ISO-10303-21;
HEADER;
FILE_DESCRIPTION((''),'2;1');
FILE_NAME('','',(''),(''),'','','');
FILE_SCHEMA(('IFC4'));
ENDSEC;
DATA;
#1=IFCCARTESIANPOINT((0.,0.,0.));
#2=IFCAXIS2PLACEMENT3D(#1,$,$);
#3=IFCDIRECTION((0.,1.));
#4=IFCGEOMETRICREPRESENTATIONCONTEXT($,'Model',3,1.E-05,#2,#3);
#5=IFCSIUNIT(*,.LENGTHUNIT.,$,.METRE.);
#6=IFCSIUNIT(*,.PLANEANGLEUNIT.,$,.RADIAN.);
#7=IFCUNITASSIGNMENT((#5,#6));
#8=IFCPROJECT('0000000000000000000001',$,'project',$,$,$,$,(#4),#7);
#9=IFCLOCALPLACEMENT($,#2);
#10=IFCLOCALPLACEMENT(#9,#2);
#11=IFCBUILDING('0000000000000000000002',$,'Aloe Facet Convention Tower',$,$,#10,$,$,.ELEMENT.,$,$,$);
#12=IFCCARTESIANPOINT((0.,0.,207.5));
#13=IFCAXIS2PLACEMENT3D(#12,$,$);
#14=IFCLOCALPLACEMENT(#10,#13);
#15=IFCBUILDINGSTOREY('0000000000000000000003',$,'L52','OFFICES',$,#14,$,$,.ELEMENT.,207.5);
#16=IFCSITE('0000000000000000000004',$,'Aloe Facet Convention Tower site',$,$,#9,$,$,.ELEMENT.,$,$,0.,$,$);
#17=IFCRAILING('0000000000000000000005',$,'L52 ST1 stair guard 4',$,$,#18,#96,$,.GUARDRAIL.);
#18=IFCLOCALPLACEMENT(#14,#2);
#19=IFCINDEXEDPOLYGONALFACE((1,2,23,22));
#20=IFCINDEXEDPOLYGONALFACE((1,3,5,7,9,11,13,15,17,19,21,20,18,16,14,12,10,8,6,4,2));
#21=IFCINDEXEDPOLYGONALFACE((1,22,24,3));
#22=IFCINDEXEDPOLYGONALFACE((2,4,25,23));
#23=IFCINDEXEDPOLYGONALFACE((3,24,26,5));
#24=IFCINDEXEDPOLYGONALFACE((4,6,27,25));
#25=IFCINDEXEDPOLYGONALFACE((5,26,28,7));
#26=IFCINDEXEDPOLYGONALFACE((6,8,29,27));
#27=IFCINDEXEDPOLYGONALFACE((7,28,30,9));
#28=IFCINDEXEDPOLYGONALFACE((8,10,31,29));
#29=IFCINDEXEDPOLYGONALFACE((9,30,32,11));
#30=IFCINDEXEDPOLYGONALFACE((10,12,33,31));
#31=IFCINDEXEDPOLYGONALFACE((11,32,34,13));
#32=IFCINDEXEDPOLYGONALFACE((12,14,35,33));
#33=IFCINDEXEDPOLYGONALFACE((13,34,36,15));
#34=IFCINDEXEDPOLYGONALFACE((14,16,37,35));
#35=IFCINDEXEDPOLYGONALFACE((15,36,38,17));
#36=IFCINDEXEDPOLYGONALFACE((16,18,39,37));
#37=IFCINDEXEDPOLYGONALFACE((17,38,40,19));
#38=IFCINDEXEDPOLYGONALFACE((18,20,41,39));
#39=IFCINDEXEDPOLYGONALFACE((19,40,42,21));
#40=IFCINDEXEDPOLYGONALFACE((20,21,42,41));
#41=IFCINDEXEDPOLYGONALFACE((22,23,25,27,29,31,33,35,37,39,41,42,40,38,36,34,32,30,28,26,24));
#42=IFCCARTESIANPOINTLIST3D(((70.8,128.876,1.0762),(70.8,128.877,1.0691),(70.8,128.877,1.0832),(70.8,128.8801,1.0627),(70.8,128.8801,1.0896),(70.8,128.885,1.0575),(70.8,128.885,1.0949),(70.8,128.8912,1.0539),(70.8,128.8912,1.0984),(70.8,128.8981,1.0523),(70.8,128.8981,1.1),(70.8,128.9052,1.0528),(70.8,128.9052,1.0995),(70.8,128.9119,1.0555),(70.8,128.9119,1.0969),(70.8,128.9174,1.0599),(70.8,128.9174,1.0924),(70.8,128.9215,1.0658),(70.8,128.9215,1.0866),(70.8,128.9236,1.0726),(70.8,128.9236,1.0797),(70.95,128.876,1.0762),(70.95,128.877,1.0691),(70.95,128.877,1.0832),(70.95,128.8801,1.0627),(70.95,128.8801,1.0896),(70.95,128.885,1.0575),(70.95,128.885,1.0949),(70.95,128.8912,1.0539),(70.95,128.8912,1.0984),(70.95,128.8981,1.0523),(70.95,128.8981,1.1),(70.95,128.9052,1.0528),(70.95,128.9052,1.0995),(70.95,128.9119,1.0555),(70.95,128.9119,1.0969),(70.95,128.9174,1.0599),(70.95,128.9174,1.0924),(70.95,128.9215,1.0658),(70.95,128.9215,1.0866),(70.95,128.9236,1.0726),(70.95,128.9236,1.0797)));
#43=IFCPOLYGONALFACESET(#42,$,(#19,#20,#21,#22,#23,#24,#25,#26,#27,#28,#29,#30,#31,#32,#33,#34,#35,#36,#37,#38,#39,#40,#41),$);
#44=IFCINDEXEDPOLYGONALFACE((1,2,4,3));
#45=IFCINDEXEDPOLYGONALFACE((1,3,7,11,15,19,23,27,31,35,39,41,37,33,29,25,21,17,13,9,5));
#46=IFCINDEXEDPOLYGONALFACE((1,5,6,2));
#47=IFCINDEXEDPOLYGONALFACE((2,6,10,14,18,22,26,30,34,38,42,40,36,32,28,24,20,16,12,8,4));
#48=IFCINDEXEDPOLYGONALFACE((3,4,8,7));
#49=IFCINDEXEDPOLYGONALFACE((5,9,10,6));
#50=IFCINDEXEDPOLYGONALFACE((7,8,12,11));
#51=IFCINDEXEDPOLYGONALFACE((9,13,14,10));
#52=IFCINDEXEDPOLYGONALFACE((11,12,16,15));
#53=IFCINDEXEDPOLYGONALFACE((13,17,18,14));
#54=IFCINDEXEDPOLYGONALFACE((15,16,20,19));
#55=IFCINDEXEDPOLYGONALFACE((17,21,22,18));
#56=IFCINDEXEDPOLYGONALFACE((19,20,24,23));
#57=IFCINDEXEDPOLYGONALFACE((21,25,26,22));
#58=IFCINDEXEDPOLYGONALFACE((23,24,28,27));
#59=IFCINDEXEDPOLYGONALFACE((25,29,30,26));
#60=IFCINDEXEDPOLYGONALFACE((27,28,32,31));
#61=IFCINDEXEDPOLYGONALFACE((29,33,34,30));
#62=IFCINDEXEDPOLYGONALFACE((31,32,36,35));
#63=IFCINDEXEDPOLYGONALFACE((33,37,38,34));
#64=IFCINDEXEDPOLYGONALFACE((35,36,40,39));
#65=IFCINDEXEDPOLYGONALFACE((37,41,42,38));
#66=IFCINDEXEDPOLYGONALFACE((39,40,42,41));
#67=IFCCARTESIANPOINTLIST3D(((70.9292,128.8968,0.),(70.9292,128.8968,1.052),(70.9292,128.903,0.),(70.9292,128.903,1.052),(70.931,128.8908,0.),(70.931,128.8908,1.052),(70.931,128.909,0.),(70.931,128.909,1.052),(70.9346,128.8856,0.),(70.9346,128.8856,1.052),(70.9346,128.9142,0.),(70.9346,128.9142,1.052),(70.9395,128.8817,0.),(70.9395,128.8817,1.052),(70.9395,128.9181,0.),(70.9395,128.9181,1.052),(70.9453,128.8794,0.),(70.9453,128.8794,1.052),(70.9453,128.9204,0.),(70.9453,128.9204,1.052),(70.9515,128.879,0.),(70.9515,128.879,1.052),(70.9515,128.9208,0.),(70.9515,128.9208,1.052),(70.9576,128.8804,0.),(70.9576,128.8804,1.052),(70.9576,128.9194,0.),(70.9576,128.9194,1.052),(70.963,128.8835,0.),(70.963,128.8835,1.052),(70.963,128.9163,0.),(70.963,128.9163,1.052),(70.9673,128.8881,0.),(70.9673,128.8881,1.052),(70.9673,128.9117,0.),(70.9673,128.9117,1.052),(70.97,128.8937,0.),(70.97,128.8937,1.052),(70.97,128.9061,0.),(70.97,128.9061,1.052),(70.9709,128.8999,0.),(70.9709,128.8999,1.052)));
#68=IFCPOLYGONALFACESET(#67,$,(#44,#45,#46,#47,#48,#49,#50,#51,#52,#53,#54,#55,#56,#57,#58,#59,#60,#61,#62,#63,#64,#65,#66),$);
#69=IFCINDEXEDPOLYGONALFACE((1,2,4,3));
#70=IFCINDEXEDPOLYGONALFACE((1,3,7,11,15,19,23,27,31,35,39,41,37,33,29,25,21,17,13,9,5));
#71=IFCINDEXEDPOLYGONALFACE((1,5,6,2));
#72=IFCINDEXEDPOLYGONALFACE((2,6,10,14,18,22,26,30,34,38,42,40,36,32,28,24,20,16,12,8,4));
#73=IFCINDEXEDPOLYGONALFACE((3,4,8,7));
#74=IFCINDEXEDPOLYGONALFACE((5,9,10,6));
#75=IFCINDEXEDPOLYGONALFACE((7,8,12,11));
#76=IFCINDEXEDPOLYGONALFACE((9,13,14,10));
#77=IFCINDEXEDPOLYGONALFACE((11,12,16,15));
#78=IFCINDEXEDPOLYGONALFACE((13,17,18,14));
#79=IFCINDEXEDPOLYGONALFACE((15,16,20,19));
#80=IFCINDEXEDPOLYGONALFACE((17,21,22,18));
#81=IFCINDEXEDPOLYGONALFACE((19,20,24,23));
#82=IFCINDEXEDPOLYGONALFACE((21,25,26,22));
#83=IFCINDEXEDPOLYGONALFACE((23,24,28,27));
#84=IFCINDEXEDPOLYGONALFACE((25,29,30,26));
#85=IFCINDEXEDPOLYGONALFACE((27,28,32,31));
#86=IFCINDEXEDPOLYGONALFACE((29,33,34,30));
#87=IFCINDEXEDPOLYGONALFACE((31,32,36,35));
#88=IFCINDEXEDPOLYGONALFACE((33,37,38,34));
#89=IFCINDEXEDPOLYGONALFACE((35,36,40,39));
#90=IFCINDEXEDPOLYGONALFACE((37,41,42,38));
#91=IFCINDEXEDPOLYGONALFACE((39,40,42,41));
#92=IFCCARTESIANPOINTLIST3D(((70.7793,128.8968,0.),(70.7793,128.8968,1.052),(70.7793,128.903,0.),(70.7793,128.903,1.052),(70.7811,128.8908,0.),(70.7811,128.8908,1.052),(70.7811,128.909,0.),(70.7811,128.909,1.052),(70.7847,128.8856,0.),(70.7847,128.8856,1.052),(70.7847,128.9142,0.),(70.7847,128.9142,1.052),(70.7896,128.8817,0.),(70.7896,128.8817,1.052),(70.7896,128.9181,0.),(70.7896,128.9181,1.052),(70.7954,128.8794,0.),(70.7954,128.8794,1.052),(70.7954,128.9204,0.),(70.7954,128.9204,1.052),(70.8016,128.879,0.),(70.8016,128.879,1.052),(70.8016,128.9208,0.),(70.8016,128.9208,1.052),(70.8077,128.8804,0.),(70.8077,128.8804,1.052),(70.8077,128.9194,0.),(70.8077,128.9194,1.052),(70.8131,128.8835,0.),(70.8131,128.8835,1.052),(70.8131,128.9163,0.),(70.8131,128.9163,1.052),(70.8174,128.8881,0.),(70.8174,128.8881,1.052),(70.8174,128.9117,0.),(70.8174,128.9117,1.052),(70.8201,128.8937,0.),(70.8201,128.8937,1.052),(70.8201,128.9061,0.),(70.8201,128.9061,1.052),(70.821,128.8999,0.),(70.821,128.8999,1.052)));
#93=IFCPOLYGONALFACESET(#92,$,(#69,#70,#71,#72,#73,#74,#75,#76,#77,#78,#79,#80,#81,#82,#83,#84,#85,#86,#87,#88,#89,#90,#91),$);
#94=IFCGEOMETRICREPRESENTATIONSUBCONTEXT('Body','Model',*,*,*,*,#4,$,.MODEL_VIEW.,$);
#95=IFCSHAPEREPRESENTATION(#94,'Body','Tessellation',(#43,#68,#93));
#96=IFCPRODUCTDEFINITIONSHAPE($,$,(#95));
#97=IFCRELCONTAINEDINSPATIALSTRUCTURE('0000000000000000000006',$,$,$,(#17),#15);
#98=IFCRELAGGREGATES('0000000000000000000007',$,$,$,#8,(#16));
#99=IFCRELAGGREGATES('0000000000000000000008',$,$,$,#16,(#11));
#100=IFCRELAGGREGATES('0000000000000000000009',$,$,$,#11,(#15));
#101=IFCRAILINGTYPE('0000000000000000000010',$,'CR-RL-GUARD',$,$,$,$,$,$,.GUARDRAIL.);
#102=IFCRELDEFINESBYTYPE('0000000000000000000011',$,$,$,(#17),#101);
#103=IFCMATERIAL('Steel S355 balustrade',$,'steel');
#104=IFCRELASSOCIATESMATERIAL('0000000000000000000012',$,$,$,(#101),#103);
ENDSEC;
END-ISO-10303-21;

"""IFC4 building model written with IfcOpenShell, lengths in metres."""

from ifc_helpers import new_model, si_unit, direction, frame, origin, origin_2d, place, context, subcontext, project, spatial, circle, extrude, material, type_object, element, save


model = new_model("IFC4")

# Units and contexts
model_context = context("Model", 3, precision=1e-05, world=origin(), true_north=direction((0.0, 1.0)))
body_context = subcontext(model_context, "Body", "Model", "MODEL_VIEW")
ifc_project = project(units=[si_unit("LENGTHUNIT", "METRE"), si_unit("PLANEANGLEUNIT", "RADIAN")], contexts=[model_context])

# Site, building, storey
site_placement = place(None, origin())
site = spatial("IfcSite", under=ifc_project, at=site_placement, Name="Aloe Facet Convention Tower site", CompositionType="ELEMENT", RefElevation=0.0)
building_placement = place(site_placement, origin())
building = spatial("IfcBuilding", under=site, at=building_placement, Name="Aloe Facet Convention Tower", CompositionType="ELEMENT")
storey_placement = place(building_placement, frame((0.0, 0.0, 207.5)))
storey = spatial("IfcBuildingStorey", under=building, at=storey_placement, Name="L52", Description="OFFICES", CompositionType="ELEMENT", Elevation=207.5)

# Railing
ifc_material_1 = material(Name="Steel S355 balustrade", Category="steel")
railing_type = type_object("IfcRailingType", Name="CR-RL-GUARD", PredefinedType="GUARDRAIL", material=ifc_material_1)
railing_placement = place(storey_placement, frame((70.95, 128.8999, 0.0)))
element("IfcRailing", 1, at=railing_placement, inside=storey, type_object=railing_type, Name="L52 ST1 stair guard 4", PredefinedType="GUARDRAIL", context=body_context, shape_type="SweptSolid", body=[
    extrude(circle(Radius=0.0239, at=origin_2d()), frame((0.0, 0.0, 1.0762), z_axis=(-1.0, 0.0, 0.0), x_axis=(0.0, -1.0, 0.0)), (0.0, 0.0, 1.0), 0.1499),
    extrude(circle(Radius=0.021, at=origin_2d()), origin(), (0.0, 0.0, 1.0), 1.052),
    extrude(circle(Radius=0.021, at=origin_2d()), frame((-0.1499, 0.0, 0.0)), (0.0, 0.0, 1.0), 1.052),
])

save(model, "model.ifc")
